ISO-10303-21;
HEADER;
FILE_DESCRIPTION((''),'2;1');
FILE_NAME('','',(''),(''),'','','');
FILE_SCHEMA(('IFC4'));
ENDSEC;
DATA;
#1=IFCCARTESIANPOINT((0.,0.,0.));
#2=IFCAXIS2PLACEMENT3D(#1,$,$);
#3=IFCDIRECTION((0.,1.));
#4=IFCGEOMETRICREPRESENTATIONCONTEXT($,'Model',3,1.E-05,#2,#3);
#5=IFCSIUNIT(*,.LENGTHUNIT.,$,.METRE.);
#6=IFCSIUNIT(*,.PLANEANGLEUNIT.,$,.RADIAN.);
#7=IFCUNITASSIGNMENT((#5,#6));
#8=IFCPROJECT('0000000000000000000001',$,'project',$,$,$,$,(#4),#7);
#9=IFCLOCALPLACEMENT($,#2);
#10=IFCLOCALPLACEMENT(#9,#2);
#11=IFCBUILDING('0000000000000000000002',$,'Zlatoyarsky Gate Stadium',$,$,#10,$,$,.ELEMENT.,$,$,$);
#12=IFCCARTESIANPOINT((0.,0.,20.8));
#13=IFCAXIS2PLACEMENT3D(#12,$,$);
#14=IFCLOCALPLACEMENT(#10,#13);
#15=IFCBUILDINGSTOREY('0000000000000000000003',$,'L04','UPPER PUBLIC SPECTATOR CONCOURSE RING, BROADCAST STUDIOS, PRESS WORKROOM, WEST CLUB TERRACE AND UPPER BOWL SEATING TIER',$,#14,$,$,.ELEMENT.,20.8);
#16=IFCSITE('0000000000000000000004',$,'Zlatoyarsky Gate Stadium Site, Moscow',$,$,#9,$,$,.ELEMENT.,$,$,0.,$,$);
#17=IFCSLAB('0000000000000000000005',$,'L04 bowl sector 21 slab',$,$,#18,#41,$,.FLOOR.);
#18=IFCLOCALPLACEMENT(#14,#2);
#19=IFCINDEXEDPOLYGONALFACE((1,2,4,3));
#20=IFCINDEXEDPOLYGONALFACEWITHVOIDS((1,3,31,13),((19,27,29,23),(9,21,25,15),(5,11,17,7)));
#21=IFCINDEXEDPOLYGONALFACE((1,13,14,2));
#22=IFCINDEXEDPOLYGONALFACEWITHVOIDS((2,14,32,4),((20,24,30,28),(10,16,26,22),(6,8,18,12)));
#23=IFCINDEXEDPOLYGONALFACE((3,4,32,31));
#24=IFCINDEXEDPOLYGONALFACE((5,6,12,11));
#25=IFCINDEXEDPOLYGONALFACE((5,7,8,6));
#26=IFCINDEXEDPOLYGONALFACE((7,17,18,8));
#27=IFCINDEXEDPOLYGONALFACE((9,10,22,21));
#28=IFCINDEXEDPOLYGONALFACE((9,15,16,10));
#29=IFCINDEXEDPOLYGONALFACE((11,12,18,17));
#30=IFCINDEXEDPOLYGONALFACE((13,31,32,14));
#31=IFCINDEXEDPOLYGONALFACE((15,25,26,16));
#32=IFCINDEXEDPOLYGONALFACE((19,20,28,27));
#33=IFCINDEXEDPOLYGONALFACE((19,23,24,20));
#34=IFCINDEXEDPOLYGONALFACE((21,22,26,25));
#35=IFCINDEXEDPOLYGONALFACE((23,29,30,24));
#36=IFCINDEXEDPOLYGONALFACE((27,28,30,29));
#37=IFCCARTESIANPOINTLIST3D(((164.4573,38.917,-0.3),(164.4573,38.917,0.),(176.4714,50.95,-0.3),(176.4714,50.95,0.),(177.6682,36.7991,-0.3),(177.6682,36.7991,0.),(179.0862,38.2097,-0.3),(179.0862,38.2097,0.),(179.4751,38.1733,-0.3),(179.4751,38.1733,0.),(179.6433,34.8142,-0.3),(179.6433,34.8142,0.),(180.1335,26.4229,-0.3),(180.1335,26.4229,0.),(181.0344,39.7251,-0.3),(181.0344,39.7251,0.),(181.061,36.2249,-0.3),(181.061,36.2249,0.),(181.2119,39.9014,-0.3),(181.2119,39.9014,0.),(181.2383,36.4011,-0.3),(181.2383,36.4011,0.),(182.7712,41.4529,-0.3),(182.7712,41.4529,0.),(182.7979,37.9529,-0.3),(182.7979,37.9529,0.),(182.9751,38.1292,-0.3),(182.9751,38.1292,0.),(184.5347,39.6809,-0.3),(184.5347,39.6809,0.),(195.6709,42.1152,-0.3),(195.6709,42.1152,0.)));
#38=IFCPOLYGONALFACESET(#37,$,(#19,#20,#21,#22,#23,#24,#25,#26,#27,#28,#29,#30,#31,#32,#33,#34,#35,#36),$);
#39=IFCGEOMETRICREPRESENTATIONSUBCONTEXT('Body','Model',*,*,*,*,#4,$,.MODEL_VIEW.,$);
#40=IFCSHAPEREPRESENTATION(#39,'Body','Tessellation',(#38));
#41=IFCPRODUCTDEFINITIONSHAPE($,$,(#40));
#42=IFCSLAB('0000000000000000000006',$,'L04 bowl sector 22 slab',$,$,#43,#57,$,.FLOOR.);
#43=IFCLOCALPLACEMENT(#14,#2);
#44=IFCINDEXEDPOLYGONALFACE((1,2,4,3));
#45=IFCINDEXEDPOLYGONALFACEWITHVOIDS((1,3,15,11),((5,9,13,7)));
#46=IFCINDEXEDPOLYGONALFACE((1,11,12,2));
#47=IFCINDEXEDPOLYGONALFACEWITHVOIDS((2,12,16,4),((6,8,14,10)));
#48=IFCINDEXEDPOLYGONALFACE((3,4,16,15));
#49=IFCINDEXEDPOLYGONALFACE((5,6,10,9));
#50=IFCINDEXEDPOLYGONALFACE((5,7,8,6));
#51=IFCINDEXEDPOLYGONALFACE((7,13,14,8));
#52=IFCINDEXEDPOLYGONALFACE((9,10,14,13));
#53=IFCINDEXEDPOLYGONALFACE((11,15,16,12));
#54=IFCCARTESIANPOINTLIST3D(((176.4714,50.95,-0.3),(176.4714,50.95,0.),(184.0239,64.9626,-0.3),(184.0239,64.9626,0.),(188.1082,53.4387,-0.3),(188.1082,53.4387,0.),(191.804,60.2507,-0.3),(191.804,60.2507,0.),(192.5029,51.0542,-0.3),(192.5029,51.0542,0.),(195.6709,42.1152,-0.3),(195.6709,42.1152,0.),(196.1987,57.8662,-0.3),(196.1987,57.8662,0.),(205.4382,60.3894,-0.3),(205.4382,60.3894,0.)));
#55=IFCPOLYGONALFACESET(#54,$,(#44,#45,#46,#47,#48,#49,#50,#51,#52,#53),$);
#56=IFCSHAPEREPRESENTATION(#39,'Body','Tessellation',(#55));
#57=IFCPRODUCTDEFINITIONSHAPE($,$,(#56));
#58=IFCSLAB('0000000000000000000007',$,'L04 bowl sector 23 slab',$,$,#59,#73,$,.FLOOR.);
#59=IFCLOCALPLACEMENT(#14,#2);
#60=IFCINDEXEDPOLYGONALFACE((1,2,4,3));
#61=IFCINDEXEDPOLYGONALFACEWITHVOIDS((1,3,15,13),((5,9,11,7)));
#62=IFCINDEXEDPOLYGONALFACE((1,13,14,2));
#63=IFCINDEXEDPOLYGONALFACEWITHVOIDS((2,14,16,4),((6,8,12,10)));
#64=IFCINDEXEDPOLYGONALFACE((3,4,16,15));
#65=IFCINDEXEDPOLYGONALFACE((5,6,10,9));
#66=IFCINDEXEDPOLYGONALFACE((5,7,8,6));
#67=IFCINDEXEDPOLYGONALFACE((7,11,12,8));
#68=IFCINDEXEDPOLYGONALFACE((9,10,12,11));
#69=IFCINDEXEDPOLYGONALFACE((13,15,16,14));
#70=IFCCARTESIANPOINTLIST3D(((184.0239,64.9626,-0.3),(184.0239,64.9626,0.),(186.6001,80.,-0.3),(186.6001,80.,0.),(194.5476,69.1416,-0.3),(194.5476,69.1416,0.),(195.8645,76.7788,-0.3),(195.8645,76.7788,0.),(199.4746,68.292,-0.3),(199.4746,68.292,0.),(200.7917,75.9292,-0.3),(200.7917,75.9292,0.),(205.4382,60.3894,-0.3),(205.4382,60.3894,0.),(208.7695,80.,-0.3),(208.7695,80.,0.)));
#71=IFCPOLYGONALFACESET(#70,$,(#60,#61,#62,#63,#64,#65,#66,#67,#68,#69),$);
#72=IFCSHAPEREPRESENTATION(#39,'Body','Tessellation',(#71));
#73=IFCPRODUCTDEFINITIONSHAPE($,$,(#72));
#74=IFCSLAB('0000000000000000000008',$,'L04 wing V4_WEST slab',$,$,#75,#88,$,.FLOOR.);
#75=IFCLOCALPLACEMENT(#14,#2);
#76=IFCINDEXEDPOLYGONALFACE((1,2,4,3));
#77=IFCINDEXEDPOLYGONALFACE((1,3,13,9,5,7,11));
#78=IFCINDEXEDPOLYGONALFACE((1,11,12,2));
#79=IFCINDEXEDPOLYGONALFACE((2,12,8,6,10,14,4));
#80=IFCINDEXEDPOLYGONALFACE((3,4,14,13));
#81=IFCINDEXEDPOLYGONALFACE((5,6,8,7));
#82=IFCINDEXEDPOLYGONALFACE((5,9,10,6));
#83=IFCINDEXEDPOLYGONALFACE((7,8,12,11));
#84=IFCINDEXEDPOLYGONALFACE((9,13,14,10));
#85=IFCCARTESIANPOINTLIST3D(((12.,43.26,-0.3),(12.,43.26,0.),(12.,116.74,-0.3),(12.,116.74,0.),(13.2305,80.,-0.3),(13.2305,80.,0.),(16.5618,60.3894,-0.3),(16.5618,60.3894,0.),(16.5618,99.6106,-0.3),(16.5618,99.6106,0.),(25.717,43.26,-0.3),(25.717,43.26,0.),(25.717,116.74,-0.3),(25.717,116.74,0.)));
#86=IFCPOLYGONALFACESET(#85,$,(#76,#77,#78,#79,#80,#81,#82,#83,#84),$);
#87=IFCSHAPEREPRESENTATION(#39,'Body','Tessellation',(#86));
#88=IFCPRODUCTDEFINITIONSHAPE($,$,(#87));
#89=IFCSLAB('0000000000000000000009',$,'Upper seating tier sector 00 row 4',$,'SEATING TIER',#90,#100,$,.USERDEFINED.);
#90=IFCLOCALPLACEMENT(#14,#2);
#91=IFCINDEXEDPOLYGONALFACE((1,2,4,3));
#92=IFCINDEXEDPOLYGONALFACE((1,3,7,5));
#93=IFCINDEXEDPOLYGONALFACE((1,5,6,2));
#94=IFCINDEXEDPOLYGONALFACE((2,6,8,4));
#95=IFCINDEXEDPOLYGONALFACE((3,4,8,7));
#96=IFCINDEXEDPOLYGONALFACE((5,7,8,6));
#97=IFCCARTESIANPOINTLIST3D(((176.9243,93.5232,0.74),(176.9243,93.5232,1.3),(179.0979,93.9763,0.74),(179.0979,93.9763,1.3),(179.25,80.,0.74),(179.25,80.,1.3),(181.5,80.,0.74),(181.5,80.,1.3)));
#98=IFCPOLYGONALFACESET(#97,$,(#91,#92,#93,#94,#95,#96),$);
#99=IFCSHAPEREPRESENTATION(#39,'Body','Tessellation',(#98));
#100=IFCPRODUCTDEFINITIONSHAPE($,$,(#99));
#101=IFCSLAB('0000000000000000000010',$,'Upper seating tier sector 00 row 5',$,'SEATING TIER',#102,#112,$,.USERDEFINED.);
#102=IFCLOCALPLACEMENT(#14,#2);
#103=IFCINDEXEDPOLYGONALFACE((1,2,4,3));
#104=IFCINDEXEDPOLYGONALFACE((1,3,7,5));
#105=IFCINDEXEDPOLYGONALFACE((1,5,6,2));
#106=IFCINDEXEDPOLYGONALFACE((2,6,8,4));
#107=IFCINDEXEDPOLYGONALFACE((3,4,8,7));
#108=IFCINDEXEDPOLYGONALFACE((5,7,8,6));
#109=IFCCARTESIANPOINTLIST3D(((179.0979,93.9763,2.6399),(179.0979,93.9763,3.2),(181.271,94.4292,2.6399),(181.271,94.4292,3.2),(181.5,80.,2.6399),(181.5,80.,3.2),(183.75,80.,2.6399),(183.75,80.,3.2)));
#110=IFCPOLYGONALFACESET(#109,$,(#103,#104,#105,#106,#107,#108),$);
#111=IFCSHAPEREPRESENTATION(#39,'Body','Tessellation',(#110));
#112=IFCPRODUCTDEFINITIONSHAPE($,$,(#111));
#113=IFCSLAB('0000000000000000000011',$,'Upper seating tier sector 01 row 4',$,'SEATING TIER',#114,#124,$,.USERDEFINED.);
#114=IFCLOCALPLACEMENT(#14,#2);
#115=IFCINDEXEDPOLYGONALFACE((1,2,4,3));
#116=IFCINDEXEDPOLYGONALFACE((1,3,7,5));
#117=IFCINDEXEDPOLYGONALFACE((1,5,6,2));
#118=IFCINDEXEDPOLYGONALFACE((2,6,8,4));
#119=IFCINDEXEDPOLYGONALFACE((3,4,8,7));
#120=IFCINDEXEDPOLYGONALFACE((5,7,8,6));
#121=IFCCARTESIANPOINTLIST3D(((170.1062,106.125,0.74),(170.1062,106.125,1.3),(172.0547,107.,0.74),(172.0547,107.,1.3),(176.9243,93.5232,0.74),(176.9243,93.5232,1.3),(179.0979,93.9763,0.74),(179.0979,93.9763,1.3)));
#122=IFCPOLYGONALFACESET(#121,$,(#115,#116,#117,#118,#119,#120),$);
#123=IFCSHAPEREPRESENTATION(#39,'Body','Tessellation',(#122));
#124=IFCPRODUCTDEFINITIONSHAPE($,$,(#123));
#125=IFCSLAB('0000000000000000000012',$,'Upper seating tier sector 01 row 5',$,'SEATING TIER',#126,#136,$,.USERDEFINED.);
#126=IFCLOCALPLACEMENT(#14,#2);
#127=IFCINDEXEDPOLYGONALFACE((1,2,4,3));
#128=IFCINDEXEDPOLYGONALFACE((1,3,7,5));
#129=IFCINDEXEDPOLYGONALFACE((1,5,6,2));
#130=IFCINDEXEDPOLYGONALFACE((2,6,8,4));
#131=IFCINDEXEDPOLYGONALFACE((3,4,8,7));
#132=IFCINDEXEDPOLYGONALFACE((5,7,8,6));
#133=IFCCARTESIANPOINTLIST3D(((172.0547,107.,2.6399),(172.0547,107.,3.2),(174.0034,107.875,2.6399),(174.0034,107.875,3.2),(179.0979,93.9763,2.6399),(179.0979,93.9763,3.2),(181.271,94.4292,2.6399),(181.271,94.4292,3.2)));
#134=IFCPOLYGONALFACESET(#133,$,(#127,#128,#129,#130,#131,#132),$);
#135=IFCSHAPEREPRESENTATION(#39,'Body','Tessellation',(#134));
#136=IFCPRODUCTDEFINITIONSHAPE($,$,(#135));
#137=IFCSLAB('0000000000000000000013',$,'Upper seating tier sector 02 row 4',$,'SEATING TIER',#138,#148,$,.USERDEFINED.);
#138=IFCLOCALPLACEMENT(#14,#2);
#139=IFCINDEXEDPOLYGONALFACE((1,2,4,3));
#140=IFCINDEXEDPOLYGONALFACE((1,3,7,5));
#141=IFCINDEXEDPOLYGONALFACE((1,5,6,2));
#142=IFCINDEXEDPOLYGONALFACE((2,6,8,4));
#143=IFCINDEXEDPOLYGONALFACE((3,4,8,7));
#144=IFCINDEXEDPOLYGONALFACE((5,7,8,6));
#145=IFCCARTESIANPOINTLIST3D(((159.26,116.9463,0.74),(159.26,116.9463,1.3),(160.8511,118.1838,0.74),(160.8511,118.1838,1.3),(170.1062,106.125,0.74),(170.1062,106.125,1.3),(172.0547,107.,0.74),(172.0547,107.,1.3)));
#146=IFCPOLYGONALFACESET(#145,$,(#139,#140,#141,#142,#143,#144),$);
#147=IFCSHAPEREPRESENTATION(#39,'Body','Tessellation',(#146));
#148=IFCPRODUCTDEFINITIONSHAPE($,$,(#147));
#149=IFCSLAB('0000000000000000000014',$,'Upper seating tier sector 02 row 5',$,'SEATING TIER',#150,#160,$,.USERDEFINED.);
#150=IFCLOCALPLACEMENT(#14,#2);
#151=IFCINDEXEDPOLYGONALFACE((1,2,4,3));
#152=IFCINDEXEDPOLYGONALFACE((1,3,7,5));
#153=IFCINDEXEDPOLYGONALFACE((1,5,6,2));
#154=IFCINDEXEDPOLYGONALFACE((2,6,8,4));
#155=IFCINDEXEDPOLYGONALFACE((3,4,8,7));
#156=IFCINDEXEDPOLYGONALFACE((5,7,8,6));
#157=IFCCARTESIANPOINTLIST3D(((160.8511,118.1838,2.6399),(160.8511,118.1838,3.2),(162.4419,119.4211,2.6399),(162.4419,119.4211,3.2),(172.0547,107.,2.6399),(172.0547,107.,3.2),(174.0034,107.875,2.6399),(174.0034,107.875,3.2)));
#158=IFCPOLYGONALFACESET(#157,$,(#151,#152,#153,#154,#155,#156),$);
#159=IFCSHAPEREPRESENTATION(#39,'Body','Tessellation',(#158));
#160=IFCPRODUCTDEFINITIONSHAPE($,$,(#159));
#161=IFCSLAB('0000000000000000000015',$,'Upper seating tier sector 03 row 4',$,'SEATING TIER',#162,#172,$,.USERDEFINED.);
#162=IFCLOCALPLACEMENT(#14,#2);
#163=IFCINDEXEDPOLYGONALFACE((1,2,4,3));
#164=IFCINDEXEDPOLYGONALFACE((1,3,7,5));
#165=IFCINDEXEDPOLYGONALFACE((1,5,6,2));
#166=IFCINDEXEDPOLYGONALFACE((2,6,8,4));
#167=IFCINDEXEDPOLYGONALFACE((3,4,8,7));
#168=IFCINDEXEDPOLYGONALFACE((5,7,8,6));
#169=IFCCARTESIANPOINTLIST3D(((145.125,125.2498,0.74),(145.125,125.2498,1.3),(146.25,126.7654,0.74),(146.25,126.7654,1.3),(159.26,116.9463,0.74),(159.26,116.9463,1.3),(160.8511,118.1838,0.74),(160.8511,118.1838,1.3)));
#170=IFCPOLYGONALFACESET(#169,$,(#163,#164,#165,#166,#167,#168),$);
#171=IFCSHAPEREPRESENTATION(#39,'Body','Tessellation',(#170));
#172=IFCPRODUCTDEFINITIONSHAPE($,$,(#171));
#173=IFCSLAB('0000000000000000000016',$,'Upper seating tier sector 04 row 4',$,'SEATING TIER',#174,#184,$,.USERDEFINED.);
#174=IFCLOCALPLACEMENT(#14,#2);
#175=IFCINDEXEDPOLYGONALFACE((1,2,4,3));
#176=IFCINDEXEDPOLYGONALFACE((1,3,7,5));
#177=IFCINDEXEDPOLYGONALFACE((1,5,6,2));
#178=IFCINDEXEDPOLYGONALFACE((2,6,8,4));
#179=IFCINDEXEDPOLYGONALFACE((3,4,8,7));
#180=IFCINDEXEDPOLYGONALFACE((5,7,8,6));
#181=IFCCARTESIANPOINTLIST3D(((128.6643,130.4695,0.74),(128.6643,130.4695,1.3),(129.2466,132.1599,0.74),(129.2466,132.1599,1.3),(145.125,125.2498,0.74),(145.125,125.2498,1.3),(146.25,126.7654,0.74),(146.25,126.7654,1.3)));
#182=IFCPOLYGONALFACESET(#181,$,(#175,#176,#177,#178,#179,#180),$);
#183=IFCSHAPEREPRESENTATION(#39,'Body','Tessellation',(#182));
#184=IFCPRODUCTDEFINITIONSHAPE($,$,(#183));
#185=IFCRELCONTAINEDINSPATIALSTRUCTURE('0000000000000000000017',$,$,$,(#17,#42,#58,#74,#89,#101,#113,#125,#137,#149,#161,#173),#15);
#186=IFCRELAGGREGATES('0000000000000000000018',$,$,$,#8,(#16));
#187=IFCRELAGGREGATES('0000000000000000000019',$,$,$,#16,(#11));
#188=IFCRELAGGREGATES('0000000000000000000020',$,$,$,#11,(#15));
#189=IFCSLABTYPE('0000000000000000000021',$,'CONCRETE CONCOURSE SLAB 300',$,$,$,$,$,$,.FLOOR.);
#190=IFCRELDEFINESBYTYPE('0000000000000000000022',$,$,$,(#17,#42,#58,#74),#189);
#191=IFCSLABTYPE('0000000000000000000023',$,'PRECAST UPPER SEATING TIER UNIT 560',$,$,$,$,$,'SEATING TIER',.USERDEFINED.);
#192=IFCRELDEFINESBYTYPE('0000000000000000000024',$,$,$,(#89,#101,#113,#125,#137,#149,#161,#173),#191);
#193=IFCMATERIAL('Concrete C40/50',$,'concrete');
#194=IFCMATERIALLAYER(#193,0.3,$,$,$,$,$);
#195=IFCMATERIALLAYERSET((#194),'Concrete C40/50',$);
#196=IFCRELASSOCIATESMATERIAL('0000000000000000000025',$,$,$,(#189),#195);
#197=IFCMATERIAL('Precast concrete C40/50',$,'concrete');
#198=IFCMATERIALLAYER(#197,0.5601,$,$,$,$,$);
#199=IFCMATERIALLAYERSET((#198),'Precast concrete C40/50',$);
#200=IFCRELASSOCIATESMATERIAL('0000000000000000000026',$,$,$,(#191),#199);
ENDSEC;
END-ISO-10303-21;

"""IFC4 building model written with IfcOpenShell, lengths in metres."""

from ifc_helpers import new_model, si_unit, direction, frame, origin, place, context, subcontext, project, spatial, polyline, outline, extrude, material, layer, layer_set, type_object, element, save


model = new_model("IFC4")

# Units and contexts
model_context = context("Model", 3, precision=1e-05, world=origin(), true_north=direction((0.0, 1.0)))
body_context = subcontext(model_context, "Body", "Model", "MODEL_VIEW")
ifc_project = project(units=[si_unit("LENGTHUNIT", "METRE"), si_unit("PLANEANGLEUNIT", "RADIAN")], contexts=[model_context])

# Site, building, storey
site_placement = place(None, origin())
site = spatial("IfcSite", under=ifc_project, at=site_placement, Name="Zlatoyarsky Gate Stadium Site, Moscow", CompositionType="ELEMENT", RefElevation=0.0)
building_placement = place(site_placement, origin())
building = spatial("IfcBuilding", under=site, at=building_placement, Name="Zlatoyarsky Gate Stadium", CompositionType="ELEMENT")
storey_placement = place(building_placement, frame((0.0, 0.0, 20.8)))
storey = spatial("IfcBuildingStorey", under=building, at=storey_placement, Name="L04", Description="UPPER PUBLIC SPECTATOR CONCOURSE RING, BROADCAST STUDIOS, PRESS WORKROOM, WEST CLUB TERRACE AND UPPER BOWL SEATING TIER", CompositionType="ELEMENT", Elevation=20.8)

# Slabs
ifc_material_1 = material(Name="Concrete C40/50", Category="concrete")
ifc_layer_1 = layer(ifc_material_1, 0.3)
ifc_layer_set_1 = layer_set([ifc_layer_1], Name="Concrete C40/50")
slab_type_1 = type_object("IfcSlabType", Name="CONCRETE CONCOURSE SLAB 300", PredefinedType="FLOOR", material=ifc_layer_set_1)
slab_1_placement = place(storey_placement, frame((0.0, 0.0, -0.3)))
element("IfcSlab", 1, at=slab_1_placement, inside=storey, type_object=slab_type_1, Name="L04 bowl sector 21 slab", PredefinedType="FLOOR", context=body_context, shape_type="SweptSolid", body=[
    extrude(outline(polyline([(176.4714, 50.95), (195.6709, 42.1152), (180.1335, 26.4229), (164.4573, 38.917), (176.4714, 50.95)]), holes=[polyline([(179.6433, 34.8142), (181.061, 36.2249), (179.0862, 38.2097), (177.6682, 36.7991), (179.6433, 34.8142)]), polyline([(181.2383, 36.4011), (182.7979, 37.9529), (181.0344, 39.7251), (179.4751, 38.1733), (181.2383, 36.4011)]), polyline([(182.9751, 38.1292), (184.5347, 39.6809), (182.7712, 41.4529), (181.2119, 39.9014), (182.9751, 38.1292)])]), origin(), (0.0, 0.0, 1.0), 0.3),
])
slab_2_placement = place(storey_placement, frame((0.0, 0.0, -0.3)))
element("IfcSlab", 2, at=slab_2_placement, inside=storey, type_object=slab_type_1, Name="L04 bowl sector 22 slab", PredefinedType="FLOOR", context=body_context, shape_type="SweptSolid", body=[
    extrude(outline(polyline([(184.0239, 64.9626), (205.4382, 60.3894), (195.6709, 42.1152), (176.4714, 50.95), (184.0239, 64.9626)]), holes=[polyline([(192.5029, 51.0542), (196.1987, 57.8662), (191.804, 60.2507), (188.1082, 53.4387), (192.5029, 51.0542)])]), origin(), (0.0, 0.0, 1.0), 0.3),
])
slab_3_placement = place(storey_placement, frame((0.0, 0.0, -0.3)))
element("IfcSlab", 3, at=slab_3_placement, inside=storey, type_object=slab_type_1, Name="L04 bowl sector 23 slab", PredefinedType="FLOOR", context=body_context, shape_type="SweptSolid", body=[
    extrude(outline(polyline([(186.6001, 80.0), (208.7695, 80.0), (205.4382, 60.3894), (184.0239, 64.9626), (186.6001, 80.0)]), holes=[polyline([(199.4746, 68.292), (200.7917, 75.9292), (195.8645, 76.7788), (194.5476, 69.1416), (199.4746, 68.292)])]), origin(), (0.0, 0.0, 1.0), 0.3),
])
slab_4_placement = place(storey_placement, frame((0.0, 0.0, -0.3)))
element("IfcSlab", 4, at=slab_4_placement, inside=storey, type_object=slab_type_1, Name="L04 wing V4_WEST slab", PredefinedType="FLOOR", context=body_context, shape_type="SweptSolid", body=[
    extrude(outline(polyline([(25.717, 116.74), (16.5618, 99.6106), (13.2305, 80.0), (16.5618, 60.3894), (25.717, 43.26), (12.0, 43.26), (12.0, 116.74), (25.717, 116.74)])), origin(), (0.0, 0.0, 1.0), 0.3),
])
ifc_material_2 = material(Name="Precast concrete C40/50", Category="concrete")
ifc_layer_2 = layer(ifc_material_2, 0.5601)
ifc_layer_set_2 = layer_set([ifc_layer_2], Name="Precast concrete C40/50")
slab_type_2 = type_object("IfcSlabType", Name="PRECAST UPPER SEATING TIER UNIT 560", ElementType="SEATING TIER", PredefinedType="USERDEFINED", material=ifc_layer_set_2)
slab_5_placement = place(storey_placement, frame((0.0, 0.0, 0.74)))
element("IfcSlab", 5, at=slab_5_placement, inside=storey, type_object=slab_type_2, Name="Upper seating tier sector 00 row 4", ObjectType="SEATING TIER", PredefinedType="USERDEFINED", context=body_context, shape_type="SweptSolid", body=[
    extrude(outline(polyline([(179.25, 80.0), (181.5, 80.0), (179.0979, 93.9763), (176.9243, 93.5232), (179.25, 80.0)])), origin(), (0.0, 0.0, 1.0), 0.5601),
])
slab_6_placement = place(storey_placement, frame((0.0, 0.0, 2.6399)))
element("IfcSlab", 6, at=slab_6_placement, inside=storey, type_object=slab_type_2, Name="Upper seating tier sector 00 row 5", ObjectType="SEATING TIER", PredefinedType="USERDEFINED", context=body_context, shape_type="SweptSolid", body=[
    extrude(outline(polyline([(181.5, 80.0), (183.75, 80.0), (181.271, 94.4292), (179.0979, 93.9763), (181.5, 80.0)])), origin(), (0.0, 0.0, 1.0), 0.5601),
])
slab_7_placement = place(storey_placement, frame((0.0, 0.0, 0.74)))
element("IfcSlab", 7, at=slab_7_placement, inside=storey, type_object=slab_type_2, Name="Upper seating tier sector 01 row 4", ObjectType="SEATING TIER", PredefinedType="USERDEFINED", context=body_context, shape_type="SweptSolid", body=[
    extrude(outline(polyline([(176.9243, 93.5232), (179.0979, 93.9763), (172.0547, 107.0), (170.1062, 106.125), (176.9243, 93.5232)])), origin(), (0.0, 0.0, 1.0), 0.5601),
])
slab_8_placement = place(storey_placement, frame((0.0, 0.0, 2.6399)))
element("IfcSlab", 8, at=slab_8_placement, inside=storey, type_object=slab_type_2, Name="Upper seating tier sector 01 row 5", ObjectType="SEATING TIER", PredefinedType="USERDEFINED", context=body_context, shape_type="SweptSolid", body=[
    extrude(outline(polyline([(179.0979, 93.9763), (181.271, 94.4292), (174.0034, 107.875), (172.0547, 107.0), (179.0979, 93.9763)])), origin(), (0.0, 0.0, 1.0), 0.5601),
])
slab_9_placement = place(storey_placement, frame((0.0, 0.0, 0.74)))
element("IfcSlab", 9, at=slab_9_placement, inside=storey, type_object=slab_type_2, Name="Upper seating tier sector 02 row 4", ObjectType="SEATING TIER", PredefinedType="USERDEFINED", context=body_context, shape_type="SweptSolid", body=[
    extrude(outline(polyline([(170.1062, 106.125), (172.0547, 107.0), (160.8511, 118.1838), (159.26, 116.9463), (170.1062, 106.125)])), origin(), (0.0, 0.0, 1.0), 0.5601),
])
slab_10_placement = place(storey_placement, frame((0.0, 0.0, 2.6399)))
element("IfcSlab", 10, at=slab_10_placement, inside=storey, type_object=slab_type_2, Name="Upper seating tier sector 02 row 5", ObjectType="SEATING TIER", PredefinedType="USERDEFINED", context=body_context, shape_type="SweptSolid", body=[
    extrude(outline(polyline([(172.0547, 107.0), (174.0034, 107.875), (162.4419, 119.4211), (160.8511, 118.1838), (172.0547, 107.0)])), origin(), (0.0, 0.0, 1.0), 0.5601),
])
slab_11_placement = place(storey_placement, frame((0.0, 0.0, 0.74)))
element("IfcSlab", 11, at=slab_11_placement, inside=storey, type_object=slab_type_2, Name="Upper seating tier sector 03 row 4", ObjectType="SEATING TIER", PredefinedType="USERDEFINED", context=body_context, shape_type="SweptSolid", body=[
    extrude(outline(polyline([(159.26, 116.9463), (160.8511, 118.1838), (146.25, 126.7654), (145.125, 125.2498), (159.26, 116.9463)])), origin(), (0.0, 0.0, 1.0), 0.5601),
])
slab_12_placement = place(storey_placement, frame((0.0, 0.0, 0.74)))
element("IfcSlab", 12, at=slab_12_placement, inside=storey, type_object=slab_type_2, Name="Upper seating tier sector 04 row 4", ObjectType="SEATING TIER", PredefinedType="USERDEFINED", context=body_context, shape_type="SweptSolid", body=[
    extrude(outline(polyline([(145.125, 125.2498), (146.25, 126.7654), (129.2466, 132.1599), (128.6643, 130.4695), (145.125, 125.2498)])), origin(), (0.0, 0.0, 1.0), 0.5601),
])

save(model, "model.ifc")
